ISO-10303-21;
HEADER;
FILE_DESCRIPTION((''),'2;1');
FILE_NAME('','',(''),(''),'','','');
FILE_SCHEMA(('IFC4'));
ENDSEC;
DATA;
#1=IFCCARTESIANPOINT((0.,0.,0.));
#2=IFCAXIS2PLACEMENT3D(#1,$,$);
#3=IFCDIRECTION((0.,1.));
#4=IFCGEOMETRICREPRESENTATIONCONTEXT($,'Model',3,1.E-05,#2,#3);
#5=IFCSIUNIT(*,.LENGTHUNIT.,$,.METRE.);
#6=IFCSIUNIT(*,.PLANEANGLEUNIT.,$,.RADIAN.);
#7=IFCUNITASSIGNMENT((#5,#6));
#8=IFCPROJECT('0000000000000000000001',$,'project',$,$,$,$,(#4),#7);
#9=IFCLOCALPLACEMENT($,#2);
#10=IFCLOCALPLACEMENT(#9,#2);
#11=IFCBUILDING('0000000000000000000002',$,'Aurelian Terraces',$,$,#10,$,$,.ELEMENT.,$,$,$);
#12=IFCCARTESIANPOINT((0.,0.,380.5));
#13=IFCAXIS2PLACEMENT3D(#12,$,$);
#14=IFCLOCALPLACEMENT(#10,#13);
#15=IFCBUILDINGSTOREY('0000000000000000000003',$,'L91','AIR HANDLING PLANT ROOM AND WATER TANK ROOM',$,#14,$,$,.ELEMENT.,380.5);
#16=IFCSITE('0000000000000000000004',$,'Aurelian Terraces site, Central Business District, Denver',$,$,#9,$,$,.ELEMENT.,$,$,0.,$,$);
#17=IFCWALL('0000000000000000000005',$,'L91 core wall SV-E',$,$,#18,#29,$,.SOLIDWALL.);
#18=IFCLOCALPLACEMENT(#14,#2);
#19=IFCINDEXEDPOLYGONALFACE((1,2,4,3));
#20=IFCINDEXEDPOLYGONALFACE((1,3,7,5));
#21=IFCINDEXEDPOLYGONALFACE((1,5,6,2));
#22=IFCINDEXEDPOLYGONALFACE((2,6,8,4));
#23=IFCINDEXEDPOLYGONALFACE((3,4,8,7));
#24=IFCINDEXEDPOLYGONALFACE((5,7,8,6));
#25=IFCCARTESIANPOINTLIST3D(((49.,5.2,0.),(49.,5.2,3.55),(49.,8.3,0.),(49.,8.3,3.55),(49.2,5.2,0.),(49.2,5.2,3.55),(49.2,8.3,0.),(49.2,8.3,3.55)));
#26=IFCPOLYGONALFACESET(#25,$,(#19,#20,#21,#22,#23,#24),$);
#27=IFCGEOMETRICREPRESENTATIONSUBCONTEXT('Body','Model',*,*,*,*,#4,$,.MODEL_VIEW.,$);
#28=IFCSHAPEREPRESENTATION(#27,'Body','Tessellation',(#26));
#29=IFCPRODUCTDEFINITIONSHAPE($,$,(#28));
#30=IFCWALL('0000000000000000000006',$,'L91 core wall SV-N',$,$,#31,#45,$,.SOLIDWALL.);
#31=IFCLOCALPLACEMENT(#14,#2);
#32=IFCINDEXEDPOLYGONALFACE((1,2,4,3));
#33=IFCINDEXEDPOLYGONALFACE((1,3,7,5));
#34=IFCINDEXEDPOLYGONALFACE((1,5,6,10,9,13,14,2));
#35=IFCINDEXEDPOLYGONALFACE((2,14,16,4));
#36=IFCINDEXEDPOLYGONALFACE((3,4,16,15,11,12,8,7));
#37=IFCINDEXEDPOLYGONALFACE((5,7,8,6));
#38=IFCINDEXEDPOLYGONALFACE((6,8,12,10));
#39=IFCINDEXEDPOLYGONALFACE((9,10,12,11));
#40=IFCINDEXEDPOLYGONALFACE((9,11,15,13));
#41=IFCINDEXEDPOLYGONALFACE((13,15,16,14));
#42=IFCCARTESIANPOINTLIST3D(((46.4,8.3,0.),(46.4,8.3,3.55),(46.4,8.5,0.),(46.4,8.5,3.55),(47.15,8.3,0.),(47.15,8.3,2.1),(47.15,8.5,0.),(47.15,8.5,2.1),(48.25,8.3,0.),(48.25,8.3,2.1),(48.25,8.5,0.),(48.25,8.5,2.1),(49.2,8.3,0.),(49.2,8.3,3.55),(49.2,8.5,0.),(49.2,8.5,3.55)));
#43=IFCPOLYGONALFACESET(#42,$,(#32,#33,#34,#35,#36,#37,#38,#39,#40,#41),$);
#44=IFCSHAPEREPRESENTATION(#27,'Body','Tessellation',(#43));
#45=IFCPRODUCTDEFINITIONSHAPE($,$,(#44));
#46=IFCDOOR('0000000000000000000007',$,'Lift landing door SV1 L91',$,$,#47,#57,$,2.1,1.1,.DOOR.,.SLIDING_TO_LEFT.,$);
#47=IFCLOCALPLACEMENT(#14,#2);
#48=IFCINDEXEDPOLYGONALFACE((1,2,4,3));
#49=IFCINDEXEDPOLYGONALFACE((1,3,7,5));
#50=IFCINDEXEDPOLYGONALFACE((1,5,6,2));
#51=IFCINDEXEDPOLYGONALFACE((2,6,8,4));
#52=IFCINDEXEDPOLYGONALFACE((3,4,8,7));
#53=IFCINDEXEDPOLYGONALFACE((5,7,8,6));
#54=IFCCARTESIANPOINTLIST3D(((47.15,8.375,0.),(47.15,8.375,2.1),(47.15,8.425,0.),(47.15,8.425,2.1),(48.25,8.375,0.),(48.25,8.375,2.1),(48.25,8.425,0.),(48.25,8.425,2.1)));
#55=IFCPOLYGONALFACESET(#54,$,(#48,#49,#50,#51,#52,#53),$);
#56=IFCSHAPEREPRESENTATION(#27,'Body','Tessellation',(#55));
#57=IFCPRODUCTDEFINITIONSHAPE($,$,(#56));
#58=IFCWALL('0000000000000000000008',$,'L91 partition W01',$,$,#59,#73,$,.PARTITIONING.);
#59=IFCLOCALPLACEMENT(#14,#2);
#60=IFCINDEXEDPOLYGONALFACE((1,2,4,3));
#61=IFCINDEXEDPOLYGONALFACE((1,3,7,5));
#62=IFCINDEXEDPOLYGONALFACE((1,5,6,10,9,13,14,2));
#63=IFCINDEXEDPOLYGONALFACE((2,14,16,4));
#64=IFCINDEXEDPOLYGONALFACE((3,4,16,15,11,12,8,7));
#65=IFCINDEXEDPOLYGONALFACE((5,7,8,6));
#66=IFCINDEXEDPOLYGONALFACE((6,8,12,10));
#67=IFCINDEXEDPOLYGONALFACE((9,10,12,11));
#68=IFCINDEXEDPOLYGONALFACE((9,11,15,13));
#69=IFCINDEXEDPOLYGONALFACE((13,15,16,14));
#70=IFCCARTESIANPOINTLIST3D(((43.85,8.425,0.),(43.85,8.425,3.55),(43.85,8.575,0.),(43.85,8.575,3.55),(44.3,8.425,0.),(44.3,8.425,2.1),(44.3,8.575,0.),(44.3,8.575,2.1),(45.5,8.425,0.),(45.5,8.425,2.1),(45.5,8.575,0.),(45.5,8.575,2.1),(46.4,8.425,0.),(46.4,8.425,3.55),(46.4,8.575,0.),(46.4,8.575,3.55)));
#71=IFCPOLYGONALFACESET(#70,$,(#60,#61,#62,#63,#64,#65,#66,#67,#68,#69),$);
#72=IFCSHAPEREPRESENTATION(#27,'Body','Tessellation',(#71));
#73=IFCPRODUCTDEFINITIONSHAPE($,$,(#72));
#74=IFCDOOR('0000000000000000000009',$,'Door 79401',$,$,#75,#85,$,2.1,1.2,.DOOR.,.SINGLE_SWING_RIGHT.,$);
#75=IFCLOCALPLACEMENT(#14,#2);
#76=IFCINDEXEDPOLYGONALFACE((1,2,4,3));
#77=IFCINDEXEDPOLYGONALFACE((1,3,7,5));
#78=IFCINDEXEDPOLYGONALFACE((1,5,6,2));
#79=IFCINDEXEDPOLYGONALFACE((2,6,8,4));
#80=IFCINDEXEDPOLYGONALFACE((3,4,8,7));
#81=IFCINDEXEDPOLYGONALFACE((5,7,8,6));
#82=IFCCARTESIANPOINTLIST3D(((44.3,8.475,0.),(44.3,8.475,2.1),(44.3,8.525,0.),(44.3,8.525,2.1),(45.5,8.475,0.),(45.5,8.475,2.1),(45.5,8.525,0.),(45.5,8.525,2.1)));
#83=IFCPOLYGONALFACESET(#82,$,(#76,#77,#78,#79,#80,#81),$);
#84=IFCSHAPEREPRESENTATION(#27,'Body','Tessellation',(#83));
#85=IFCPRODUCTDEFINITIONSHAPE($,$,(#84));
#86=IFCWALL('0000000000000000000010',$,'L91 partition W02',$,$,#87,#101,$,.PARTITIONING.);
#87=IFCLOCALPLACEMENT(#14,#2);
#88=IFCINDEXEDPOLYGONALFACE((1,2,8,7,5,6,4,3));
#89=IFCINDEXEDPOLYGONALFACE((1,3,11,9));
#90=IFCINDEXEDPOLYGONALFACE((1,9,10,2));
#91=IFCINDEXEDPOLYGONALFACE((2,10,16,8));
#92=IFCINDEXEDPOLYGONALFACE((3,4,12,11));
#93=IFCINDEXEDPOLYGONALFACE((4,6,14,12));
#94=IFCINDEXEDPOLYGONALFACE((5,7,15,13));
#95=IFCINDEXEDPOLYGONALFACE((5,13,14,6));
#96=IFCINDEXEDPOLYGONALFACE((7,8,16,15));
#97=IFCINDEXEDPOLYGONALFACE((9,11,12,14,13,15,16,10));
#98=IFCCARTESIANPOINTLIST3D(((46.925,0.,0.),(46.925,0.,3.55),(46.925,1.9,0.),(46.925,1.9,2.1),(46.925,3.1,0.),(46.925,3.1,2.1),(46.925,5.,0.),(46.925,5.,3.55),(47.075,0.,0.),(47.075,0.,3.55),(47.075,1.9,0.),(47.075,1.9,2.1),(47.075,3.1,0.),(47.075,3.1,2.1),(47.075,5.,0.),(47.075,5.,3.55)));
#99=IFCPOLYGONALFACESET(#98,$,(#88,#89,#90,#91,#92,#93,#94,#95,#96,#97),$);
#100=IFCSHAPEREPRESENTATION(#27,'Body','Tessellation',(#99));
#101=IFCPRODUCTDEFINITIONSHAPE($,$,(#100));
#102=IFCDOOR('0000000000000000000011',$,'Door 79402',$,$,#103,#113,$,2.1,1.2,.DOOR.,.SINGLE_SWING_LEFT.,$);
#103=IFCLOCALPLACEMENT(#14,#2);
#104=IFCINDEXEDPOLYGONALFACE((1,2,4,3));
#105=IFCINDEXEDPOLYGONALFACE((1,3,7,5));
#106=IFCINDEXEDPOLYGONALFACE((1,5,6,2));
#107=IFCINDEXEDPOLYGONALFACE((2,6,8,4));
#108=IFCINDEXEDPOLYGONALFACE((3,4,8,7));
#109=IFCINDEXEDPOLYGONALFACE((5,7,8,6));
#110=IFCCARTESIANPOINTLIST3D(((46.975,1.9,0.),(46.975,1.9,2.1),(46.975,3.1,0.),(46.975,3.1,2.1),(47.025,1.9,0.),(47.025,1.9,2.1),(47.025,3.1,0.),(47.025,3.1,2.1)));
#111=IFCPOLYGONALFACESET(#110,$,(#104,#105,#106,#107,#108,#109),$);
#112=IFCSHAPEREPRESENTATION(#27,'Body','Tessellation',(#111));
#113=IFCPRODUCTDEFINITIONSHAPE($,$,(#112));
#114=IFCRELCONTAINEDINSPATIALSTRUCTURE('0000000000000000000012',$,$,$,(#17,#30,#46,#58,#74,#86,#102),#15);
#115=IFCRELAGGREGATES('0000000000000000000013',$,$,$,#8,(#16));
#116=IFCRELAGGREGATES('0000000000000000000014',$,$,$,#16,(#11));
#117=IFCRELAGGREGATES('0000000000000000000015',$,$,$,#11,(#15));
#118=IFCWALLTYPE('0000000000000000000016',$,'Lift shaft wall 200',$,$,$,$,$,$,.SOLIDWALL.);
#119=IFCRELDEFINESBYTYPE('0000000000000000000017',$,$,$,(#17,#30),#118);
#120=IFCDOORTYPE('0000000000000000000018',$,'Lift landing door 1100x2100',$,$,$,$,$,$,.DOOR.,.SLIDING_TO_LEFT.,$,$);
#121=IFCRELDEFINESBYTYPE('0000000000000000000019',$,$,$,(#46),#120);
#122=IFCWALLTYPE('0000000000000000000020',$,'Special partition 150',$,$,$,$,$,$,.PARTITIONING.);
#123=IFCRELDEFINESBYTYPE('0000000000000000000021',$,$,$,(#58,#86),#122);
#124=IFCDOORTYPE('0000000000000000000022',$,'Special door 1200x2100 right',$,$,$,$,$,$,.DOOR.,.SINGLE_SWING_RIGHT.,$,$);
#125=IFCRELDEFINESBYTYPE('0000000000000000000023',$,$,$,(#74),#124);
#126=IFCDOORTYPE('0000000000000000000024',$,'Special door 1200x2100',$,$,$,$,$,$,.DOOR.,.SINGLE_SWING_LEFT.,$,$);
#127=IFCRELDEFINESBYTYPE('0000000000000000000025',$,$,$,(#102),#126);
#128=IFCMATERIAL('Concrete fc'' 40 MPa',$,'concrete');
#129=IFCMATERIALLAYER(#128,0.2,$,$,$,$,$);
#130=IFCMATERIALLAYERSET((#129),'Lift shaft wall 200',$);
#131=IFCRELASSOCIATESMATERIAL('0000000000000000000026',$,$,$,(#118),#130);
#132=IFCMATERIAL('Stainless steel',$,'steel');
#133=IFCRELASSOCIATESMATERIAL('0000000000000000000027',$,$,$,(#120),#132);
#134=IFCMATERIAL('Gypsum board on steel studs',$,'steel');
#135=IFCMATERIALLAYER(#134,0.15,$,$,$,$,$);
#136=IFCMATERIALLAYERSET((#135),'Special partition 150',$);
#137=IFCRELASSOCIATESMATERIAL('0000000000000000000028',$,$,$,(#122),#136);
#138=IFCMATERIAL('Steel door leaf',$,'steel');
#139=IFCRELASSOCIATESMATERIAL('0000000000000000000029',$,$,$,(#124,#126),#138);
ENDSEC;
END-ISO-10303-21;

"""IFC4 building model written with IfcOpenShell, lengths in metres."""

from ifc_helpers import new_model, si_unit, direction, frame, frame_2d, origin, place, context, subcontext, project, spatial, rectangle, extrude, source, transform, mapped, material, layer, layer_set, type_object, element, fill, save


model = new_model("IFC4")

# Units and contexts
model_context = context("Model", 3, precision=1e-05, world=origin(), true_north=direction((0.0, 1.0)))
body_context = subcontext(model_context, "Body", "Model", "MODEL_VIEW")
ifc_project = project(units=[si_unit("LENGTHUNIT", "METRE"), si_unit("PLANEANGLEUNIT", "RADIAN")], contexts=[model_context])

# Site, building, storey
site_placement = place(None, origin())
site = spatial("IfcSite", under=ifc_project, at=site_placement, Name="Aurelian Terraces site, Central Business District, Denver", CompositionType="ELEMENT", RefElevation=0.0)
building_placement = place(site_placement, origin())
building = spatial("IfcBuilding", under=site, at=building_placement, Name="Aurelian Terraces", CompositionType="ELEMENT")
storey_placement = place(building_placement, frame((0.0, 0.0, 380.5)))
storey = spatial("IfcBuildingStorey", under=building, at=storey_placement, Name="L91", Description="AIR HANDLING PLANT ROOM AND WATER TANK ROOM", CompositionType="ELEMENT", Elevation=380.5)

# Wall
ifc_material_1 = material(Name="Concrete fc' 40 MPa", Category="concrete")
ifc_layer_1 = layer(ifc_material_1, 0.2)
ifc_layer_set_1 = layer_set([ifc_layer_1], Name="Lift shaft wall 200")
wall_type_1 = type_object("IfcWallType", Name="Lift shaft wall 200", PredefinedType="SOLIDWALL", material=ifc_layer_set_1)
shared_shape_1 = source(origin(), body_context, "Body", "SweptSolid", [
    extrude(rectangle(XDim=3.1, YDim=0.2, at=frame_2d((1.55, 0.0))), origin(), (0.0, 0.0, 1.0), 3.55),
])
for number, where, z_axis, x_axis, name in (
    (1, (49.1, 5.2, 0.0), (0.0, 0.0, 1.0), (0.0, 1.0, 0.0), "L91 core wall SV-E"),
):
    element("IfcWall", number, at=place(storey_placement, frame(where, z_axis=z_axis, x_axis=x_axis)), inside=storey, type_object=wall_type_1, Name=name, PredefinedType="SOLIDWALL", context=body_context, shape_type="MappedRepresentation", body=[
        mapped(shared_shape_1, transform((0.0, 0.0, 0.0), scale=1.0)),
    ])

# Walls, openings, doors
shared_shape_2 = source(origin(), body_context, "Body", "SweptSolid", [
    extrude(rectangle(XDim=2.8, YDim=0.2, at=frame_2d((1.4, 0.0))), origin(), (0.0, 0.0, 1.0), 3.55),
])
wall_1_placement = place(storey_placement, frame((46.4, 8.4, 0.0), z_axis=(0.0, 0.0, 1.0), x_axis=(1.0, 0.0, 0.0)))
wall_1 = element("IfcWall", 2, at=wall_1_placement, inside=storey, type_object=wall_type_1, Name="L91 core wall SV-N", PredefinedType="SOLIDWALL", context=body_context, shape_type="MappedRepresentation", body=[
    mapped(shared_shape_2, transform((0.0, 0.0, 0.0), scale=1.0)),
])
shared_shape_3 = source(origin(), body_context, "Body", "SweptSolid", [
    extrude(rectangle(XDim=1.1, YDim=2.1, at=frame_2d((0.55, 1.05))), frame((0.0, 0.11, 0.0), z_axis=(0.0, -1.0, 0.0), x_axis=(1.0, 0.0, 0.0)), (0.0, 0.0, 1.0), 0.22),
])
opening_1_placement = place(wall_1_placement, frame((0.75, 0.0, 0.0)))
opening_1 = element("IfcOpeningElement", 3, at=opening_1_placement, cuts=wall_1, PredefinedType="OPENING", context=body_context, shape_type="MappedRepresentation", body=[
    mapped(shared_shape_3, transform((0.0, 0.0, 0.0), scale=1.0)),
])
ifc_material_2 = material(Name="Stainless steel", Category="steel")
door_type_1 = type_object("IfcDoorType", Name="Lift landing door 1100x2100", OperationType="SLIDING_TO_LEFT", PredefinedType="DOOR", material=ifc_material_2)
shared_shape_4 = source(origin(), body_context, "Body", "SweptSolid", [
    extrude(rectangle(XDim=1.1, YDim=2.1, at=frame_2d((0.55, 1.05))), frame((0.0, 0.025, 0.0), z_axis=(0.0, -1.0, 0.0), x_axis=(1.0, 0.0, 0.0)), (0.0, 0.0, 1.0), 0.05),
])
door_1_placement = place(opening_1_placement, origin())
door_1 = element("IfcDoor", 4, at=door_1_placement, inside=storey, type_object=door_type_1, Name="Lift landing door SV1 L91", OperationType="SLIDING_TO_LEFT", OverallHeight=2.1, OverallWidth=1.1, PredefinedType="DOOR", context=body_context, shape_type="MappedRepresentation", body=[
    mapped(shared_shape_4, transform((0.0, 0.0, 0.0), scale=1.0)),
])
fill(opening_1, door_1)
ifc_material_3 = material(Name="Gypsum board on steel studs", Category="steel")
ifc_layer_2 = layer(ifc_material_3, 0.15)
ifc_layer_set_2 = layer_set([ifc_layer_2], Name="Special partition 150")
wall_type_2 = type_object("IfcWallType", Name="Special partition 150", PredefinedType="PARTITIONING", material=ifc_layer_set_2)
shared_shape_5 = source(origin(), body_context, "Body", "SweptSolid", [
    extrude(rectangle(XDim=2.55, YDim=0.15, at=frame_2d((1.275, 0.0))), origin(), (0.0, 0.0, 1.0), 3.55),
])
wall_2_placement = place(storey_placement, frame((43.85, 8.5, 0.0), z_axis=(0.0, 0.0, 1.0), x_axis=(1.0, 0.0, 0.0)))
wall_2 = element("IfcWall", 5, at=wall_2_placement, inside=storey, type_object=wall_type_2, Name="L91 partition W01", PredefinedType="PARTITIONING", context=body_context, shape_type="MappedRepresentation", body=[
    mapped(shared_shape_5, transform((0.0, 0.0, 0.0), scale=1.0)),
])
shared_shape_6 = source(origin(), body_context, "Body", "SweptSolid", [
    extrude(rectangle(XDim=1.2, YDim=2.1, at=frame_2d((0.6, 1.05))), frame((0.0, 0.085, 0.0), z_axis=(0.0, -1.0, 0.0), x_axis=(1.0, 0.0, 0.0)), (0.0, 0.0, 1.0), 0.17),
])
opening_2_placement = place(wall_2_placement, frame((0.45, 0.0, 0.0)))
opening_2 = element("IfcOpeningElement", 6, at=opening_2_placement, cuts=wall_2, PredefinedType="OPENING", context=body_context, shape_type="MappedRepresentation", body=[
    mapped(shared_shape_6, transform((0.0, 0.0, 0.0), scale=1.0)),
])
ifc_material_4 = material(Name="Steel door leaf", Category="steel")
door_type_2 = type_object("IfcDoorType", Name="Special door 1200x2100 right", OperationType="SINGLE_SWING_RIGHT", PredefinedType="DOOR", material=ifc_material_4)
shared_shape_7 = source(origin(), body_context, "Body", "SweptSolid", [
    extrude(rectangle(XDim=1.2, YDim=2.1, at=frame_2d((0.6, 1.05))), frame((0.0, 0.025, 0.0), z_axis=(0.0, -1.0, 0.0), x_axis=(1.0, 0.0, 0.0)), (0.0, 0.0, 1.0), 0.05),
])
door_2_placement = place(opening_2_placement, origin())
door_2 = element("IfcDoor", 7, at=door_2_placement, inside=storey, type_object=door_type_2, Name="Door 79401", OperationType="SINGLE_SWING_RIGHT", OverallHeight=2.1, OverallWidth=1.2, PredefinedType="DOOR", context=body_context, shape_type="MappedRepresentation", body=[
    mapped(shared_shape_7, transform((0.0, 0.0, 0.0), scale=1.0)),
])
fill(opening_2, door_2)
shared_shape_8 = source(origin(), body_context, "Body", "SweptSolid", [
    extrude(rectangle(XDim=5.0, YDim=0.15, at=frame_2d((2.5, 0.0))), origin(), (0.0, 0.0, 1.0), 3.55),
])
wall_3_placement = place(storey_placement, frame((47.0, 0.0, 0.0), z_axis=(0.0, 0.0, 1.0), x_axis=(0.0, 1.0, 0.0)))
wall_3 = element("IfcWall", 8, at=wall_3_placement, inside=storey, type_object=wall_type_2, Name="L91 partition W02", PredefinedType="PARTITIONING", context=body_context, shape_type="MappedRepresentation", body=[
    mapped(shared_shape_8, transform((0.0, 0.0, 0.0), scale=1.0)),
])
opening_3_placement = place(wall_3_placement, frame((1.9, 0.0, 0.0)))
opening_3 = element("IfcOpeningElement", 9, at=opening_3_placement, cuts=wall_3, PredefinedType="OPENING", context=body_context, shape_type="MappedRepresentation", body=[
    mapped(shared_shape_6, transform((0.0, 0.0, 0.0), scale=1.0)),
])
door_type_3 = type_object("IfcDoorType", Name="Special door 1200x2100", OperationType="SINGLE_SWING_LEFT", PredefinedType="DOOR", material=ifc_material_4)
door_3_placement = place(opening_3_placement, origin())
door_3 = element("IfcDoor", 10, at=door_3_placement, inside=storey, type_object=door_type_3, Name="Door 79402", OperationType="SINGLE_SWING_LEFT", OverallHeight=2.1, OverallWidth=1.2, PredefinedType="DOOR", context=body_context, shape_type="MappedRepresentation", body=[
    mapped(shared_shape_7, transform((0.0, 0.0, 0.0), scale=1.0)),
])
fill(opening_3, door_3)

save(model, "model.ifc")
